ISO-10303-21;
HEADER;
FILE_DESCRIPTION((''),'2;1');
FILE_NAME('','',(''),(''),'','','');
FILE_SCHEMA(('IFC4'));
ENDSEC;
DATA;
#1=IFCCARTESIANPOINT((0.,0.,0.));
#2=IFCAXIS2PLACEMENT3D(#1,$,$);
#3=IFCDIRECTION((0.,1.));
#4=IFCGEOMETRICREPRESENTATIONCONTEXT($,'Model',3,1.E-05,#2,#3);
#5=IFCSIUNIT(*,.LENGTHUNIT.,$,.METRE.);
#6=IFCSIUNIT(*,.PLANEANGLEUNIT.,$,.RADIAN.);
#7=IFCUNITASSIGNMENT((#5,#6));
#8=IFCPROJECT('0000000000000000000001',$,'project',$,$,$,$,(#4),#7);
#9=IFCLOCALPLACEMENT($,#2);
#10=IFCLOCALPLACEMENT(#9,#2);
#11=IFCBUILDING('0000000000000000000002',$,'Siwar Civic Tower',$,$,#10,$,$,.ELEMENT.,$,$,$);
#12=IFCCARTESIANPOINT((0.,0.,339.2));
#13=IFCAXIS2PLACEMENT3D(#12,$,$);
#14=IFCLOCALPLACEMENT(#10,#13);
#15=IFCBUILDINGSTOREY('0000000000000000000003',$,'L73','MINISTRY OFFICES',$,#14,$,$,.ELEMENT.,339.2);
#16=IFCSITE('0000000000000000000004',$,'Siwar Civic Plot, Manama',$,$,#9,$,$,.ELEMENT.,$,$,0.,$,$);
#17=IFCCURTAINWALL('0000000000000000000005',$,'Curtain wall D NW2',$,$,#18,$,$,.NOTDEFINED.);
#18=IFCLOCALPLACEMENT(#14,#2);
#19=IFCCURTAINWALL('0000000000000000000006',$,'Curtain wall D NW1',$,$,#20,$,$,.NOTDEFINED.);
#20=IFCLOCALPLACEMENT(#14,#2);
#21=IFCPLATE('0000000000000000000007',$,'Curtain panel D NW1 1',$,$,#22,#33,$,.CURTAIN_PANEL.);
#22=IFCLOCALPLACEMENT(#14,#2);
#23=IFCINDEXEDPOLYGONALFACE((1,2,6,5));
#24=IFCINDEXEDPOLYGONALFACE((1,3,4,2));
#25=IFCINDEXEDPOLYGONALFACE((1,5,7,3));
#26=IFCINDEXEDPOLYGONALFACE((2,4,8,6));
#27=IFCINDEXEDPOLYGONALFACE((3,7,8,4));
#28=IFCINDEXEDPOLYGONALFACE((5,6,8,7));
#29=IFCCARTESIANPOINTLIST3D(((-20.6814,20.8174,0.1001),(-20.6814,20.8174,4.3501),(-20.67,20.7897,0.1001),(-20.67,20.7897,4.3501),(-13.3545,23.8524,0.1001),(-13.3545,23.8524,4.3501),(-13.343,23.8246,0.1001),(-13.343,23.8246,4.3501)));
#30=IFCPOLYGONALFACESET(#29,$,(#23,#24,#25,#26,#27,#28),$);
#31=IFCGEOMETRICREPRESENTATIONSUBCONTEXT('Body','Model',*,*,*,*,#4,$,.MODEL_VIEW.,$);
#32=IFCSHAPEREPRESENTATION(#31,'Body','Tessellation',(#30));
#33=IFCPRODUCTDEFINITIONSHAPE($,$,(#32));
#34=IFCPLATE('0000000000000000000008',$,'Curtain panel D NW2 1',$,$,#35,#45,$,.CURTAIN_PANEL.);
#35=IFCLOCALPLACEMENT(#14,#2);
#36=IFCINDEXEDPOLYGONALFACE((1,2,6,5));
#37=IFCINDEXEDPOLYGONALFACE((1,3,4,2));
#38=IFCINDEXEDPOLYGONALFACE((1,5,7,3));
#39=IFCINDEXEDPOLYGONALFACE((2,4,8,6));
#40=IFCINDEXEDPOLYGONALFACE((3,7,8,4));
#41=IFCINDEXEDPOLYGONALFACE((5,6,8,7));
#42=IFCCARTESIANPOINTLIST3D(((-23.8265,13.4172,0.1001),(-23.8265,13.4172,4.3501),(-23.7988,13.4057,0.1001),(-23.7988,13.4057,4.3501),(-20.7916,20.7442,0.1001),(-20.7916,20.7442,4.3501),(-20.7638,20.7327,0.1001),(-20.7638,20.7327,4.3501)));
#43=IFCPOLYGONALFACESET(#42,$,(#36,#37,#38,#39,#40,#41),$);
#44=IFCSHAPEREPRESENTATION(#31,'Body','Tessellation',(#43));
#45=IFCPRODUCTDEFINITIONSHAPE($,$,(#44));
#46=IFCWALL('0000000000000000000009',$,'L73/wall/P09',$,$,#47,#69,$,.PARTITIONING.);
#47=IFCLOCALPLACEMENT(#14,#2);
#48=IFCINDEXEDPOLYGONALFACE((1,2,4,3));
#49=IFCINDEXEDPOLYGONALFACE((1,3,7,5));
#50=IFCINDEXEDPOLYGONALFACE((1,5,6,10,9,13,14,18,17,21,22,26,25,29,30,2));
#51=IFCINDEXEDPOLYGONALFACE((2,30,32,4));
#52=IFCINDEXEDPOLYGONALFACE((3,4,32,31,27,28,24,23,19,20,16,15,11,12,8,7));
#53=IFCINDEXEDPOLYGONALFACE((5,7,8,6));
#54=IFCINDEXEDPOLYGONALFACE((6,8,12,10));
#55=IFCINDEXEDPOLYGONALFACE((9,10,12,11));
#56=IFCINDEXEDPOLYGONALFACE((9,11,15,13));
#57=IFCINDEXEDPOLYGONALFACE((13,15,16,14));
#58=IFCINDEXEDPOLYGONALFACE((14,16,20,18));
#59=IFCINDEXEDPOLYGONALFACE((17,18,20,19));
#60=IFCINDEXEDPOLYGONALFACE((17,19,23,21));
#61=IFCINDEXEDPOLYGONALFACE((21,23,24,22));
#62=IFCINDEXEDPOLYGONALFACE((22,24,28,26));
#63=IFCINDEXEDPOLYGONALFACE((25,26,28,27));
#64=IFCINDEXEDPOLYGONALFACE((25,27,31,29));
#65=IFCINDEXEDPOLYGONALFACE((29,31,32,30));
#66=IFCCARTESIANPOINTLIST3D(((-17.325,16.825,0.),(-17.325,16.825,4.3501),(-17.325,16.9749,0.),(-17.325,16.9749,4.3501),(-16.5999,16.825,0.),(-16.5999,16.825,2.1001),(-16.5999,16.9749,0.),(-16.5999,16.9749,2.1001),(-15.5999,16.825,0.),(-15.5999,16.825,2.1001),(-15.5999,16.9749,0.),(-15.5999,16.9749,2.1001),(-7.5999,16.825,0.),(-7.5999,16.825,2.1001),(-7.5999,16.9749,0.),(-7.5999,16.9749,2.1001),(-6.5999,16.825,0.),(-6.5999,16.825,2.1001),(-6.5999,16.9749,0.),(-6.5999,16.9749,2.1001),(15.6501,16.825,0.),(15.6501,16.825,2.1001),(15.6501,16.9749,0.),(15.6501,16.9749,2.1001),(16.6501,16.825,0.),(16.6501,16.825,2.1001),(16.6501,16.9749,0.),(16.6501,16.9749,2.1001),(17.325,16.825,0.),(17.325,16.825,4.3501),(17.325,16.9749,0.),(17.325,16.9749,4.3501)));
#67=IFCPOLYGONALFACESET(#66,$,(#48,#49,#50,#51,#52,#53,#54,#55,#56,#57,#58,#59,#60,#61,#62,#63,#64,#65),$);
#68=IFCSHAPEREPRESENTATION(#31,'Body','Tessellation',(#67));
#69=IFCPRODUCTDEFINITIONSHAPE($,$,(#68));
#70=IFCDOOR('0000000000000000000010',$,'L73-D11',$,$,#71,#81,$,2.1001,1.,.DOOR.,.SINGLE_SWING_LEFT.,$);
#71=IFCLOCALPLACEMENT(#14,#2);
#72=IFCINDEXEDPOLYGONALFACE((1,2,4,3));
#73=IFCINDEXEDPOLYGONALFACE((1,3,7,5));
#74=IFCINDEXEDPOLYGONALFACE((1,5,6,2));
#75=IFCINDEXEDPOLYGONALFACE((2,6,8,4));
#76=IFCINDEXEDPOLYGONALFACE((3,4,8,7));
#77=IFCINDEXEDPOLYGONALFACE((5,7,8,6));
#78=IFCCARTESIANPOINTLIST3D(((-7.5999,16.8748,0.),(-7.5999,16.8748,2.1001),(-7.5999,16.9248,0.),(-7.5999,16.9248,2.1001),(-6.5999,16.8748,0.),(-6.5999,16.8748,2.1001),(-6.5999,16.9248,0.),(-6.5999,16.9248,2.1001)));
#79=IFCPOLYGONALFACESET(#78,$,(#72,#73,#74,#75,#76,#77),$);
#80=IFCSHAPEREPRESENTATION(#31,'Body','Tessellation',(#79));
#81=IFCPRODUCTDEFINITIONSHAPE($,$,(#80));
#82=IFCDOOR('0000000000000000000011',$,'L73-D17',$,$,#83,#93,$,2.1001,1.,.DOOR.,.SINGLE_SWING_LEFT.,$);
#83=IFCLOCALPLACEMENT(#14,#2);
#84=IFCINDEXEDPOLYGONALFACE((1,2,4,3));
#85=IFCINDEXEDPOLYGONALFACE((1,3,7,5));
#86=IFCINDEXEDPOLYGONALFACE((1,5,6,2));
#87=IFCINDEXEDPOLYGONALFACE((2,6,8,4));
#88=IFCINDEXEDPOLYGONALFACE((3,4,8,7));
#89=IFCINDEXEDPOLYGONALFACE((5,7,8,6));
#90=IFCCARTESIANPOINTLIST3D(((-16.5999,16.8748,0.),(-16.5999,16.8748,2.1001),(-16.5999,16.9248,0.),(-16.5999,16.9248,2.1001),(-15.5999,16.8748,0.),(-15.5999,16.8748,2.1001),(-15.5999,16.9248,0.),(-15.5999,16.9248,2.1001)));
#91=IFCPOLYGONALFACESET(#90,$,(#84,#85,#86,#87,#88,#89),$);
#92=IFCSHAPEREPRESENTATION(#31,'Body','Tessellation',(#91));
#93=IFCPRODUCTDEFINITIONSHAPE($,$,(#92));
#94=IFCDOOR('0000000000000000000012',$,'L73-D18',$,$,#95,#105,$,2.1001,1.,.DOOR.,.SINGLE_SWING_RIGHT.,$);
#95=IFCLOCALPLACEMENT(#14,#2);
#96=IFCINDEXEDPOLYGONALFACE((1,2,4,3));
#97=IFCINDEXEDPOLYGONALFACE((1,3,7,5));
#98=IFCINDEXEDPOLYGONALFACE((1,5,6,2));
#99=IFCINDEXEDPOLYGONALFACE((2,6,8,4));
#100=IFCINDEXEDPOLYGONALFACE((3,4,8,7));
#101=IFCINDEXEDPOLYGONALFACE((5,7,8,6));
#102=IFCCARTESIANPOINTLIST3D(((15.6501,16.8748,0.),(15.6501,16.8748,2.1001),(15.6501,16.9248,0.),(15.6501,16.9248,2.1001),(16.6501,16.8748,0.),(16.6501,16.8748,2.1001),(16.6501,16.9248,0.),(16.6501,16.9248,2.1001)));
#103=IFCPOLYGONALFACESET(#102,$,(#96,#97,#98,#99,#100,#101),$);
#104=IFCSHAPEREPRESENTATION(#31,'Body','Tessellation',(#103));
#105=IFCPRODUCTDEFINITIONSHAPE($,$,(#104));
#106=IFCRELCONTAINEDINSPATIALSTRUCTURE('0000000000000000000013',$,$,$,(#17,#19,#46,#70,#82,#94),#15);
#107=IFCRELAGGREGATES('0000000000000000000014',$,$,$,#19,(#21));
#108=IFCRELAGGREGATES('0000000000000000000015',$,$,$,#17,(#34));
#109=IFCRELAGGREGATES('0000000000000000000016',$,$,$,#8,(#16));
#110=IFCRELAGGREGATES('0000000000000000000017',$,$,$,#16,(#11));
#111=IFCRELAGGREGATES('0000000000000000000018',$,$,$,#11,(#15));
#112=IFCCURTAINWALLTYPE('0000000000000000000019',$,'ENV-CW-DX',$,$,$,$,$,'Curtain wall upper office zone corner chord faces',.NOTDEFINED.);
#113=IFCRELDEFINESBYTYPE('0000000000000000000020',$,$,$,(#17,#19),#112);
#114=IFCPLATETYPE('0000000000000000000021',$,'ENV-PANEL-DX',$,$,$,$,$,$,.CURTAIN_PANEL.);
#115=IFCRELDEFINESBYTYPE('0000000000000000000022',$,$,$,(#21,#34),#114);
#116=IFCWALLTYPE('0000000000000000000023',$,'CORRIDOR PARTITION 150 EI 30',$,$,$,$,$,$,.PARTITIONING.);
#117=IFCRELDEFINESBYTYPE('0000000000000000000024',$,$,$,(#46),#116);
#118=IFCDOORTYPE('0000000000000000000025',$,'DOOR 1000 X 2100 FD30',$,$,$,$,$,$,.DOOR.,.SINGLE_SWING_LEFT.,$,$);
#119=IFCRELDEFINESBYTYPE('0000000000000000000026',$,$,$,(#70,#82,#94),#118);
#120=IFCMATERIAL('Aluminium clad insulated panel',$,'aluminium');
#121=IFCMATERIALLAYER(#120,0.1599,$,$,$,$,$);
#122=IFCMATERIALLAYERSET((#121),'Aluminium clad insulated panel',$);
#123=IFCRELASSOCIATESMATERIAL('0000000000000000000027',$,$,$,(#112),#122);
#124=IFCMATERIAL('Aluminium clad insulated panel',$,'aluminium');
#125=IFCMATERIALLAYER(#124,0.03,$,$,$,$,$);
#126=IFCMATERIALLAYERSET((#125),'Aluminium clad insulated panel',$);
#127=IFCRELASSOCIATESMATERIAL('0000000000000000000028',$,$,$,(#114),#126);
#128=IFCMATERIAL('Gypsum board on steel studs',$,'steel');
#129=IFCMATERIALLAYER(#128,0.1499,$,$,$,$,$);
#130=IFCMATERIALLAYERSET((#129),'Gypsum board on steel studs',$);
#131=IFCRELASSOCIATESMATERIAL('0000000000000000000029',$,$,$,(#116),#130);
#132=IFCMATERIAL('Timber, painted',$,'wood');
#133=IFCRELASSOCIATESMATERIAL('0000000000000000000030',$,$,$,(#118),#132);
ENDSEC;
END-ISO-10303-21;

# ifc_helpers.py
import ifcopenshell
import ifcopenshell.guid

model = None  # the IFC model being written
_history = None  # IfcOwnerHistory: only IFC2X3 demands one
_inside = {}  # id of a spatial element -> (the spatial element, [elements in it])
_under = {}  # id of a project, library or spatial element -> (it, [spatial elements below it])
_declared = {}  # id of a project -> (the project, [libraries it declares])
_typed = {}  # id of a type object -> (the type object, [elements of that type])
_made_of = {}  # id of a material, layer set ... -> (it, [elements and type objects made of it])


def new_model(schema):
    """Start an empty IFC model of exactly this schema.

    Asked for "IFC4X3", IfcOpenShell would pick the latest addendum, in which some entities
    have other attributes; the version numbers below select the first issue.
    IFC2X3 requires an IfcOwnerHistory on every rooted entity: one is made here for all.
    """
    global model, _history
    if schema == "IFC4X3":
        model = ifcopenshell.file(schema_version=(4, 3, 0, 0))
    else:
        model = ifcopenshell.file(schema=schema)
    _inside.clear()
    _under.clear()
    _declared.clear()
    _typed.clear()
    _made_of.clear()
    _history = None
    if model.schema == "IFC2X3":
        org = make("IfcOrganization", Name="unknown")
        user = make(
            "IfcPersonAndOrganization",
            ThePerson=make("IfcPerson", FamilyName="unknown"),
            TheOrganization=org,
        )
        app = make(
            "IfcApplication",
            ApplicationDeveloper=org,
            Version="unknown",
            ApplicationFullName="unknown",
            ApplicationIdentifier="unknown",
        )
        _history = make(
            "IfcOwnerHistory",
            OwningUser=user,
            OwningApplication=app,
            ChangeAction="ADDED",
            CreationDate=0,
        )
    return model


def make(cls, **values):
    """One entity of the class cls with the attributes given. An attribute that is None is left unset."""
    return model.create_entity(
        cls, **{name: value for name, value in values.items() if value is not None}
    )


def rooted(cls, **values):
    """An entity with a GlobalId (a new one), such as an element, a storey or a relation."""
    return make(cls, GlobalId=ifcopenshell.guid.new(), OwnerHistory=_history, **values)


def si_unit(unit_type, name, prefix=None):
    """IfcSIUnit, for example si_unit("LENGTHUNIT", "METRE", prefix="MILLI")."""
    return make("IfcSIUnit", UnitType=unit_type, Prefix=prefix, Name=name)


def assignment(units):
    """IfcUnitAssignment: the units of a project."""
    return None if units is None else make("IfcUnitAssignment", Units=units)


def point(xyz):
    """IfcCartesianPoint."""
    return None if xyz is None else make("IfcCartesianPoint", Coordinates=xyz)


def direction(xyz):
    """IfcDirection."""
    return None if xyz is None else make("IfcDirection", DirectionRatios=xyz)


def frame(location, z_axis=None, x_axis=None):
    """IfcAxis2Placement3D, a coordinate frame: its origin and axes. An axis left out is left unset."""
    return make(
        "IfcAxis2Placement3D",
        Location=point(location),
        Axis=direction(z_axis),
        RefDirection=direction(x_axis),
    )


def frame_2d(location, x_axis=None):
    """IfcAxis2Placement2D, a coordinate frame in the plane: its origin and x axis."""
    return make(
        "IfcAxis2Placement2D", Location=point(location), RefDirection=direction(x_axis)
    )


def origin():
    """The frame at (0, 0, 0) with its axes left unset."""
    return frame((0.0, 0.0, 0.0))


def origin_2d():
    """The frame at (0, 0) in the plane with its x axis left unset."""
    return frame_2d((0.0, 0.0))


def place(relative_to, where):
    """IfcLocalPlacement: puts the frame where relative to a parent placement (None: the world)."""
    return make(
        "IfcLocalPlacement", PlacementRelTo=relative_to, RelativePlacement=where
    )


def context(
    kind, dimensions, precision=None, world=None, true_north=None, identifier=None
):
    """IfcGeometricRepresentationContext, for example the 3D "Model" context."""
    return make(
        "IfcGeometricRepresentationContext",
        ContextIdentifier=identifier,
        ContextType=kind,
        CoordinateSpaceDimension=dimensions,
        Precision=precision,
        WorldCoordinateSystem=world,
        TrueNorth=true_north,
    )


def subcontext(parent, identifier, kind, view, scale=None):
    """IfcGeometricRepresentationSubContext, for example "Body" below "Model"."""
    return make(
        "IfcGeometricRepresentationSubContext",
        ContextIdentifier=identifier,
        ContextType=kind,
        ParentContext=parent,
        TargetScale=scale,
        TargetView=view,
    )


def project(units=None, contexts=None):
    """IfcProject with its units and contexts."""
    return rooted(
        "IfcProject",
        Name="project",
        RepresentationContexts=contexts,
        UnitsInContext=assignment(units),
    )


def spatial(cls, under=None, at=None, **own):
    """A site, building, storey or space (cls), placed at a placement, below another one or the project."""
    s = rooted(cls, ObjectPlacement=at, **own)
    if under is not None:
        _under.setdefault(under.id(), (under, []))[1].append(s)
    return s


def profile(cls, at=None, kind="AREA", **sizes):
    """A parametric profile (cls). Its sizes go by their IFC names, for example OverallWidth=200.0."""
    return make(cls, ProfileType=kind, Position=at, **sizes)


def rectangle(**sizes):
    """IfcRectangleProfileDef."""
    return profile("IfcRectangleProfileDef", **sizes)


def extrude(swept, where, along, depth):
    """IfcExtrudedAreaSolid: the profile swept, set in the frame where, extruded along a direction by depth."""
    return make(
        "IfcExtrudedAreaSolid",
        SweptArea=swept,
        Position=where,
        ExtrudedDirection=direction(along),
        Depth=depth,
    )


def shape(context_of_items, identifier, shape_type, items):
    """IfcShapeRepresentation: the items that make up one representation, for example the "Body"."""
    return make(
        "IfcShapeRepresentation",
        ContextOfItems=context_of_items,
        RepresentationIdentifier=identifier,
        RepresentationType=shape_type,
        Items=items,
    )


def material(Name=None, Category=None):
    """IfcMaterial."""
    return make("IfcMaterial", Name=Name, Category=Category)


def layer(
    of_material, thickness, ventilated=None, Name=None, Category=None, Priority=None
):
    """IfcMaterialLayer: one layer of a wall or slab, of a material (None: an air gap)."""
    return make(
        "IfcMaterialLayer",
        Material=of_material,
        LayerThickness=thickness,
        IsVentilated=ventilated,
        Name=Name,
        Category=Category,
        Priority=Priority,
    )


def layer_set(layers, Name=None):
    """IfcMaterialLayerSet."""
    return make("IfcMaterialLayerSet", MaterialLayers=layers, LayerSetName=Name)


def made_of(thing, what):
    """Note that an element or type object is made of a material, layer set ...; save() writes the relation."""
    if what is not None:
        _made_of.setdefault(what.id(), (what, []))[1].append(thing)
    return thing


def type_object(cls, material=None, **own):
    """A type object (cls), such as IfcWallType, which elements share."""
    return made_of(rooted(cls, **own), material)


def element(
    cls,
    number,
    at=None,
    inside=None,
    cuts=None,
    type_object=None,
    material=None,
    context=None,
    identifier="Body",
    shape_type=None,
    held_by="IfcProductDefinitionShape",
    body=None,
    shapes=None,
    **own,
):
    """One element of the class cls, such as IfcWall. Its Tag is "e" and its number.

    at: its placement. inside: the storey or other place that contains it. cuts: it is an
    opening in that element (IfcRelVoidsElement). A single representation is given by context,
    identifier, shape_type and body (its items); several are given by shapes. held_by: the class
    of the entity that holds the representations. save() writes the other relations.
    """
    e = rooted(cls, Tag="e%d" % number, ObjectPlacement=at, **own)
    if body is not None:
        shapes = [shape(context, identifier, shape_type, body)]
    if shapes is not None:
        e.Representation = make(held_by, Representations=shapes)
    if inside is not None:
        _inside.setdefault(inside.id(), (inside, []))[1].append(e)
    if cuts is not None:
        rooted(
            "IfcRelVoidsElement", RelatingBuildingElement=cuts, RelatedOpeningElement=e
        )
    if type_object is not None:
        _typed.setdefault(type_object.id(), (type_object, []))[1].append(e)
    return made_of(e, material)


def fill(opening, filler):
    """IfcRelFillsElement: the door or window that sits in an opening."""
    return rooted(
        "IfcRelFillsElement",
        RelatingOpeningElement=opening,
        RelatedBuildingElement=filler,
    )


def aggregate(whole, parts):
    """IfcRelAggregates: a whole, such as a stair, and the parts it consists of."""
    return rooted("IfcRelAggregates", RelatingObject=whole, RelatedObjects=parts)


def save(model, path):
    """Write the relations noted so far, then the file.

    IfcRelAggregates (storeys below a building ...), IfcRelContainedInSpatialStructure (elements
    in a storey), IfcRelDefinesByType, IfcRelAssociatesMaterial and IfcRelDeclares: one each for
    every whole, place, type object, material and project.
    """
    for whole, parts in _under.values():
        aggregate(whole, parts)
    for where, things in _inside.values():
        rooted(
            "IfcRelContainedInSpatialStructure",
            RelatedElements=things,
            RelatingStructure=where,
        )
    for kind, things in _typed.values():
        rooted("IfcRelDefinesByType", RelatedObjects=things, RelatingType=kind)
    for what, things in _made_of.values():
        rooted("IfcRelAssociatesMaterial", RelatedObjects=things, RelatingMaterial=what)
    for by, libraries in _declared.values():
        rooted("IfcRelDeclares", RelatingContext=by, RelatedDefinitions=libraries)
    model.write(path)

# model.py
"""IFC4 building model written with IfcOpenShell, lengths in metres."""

from ifc_helpers import new_model, si_unit, direction, frame, frame_2d, origin, origin_2d, place, context, subcontext, project, spatial, rectangle, extrude, material, layer, layer_set, type_object, element, fill, aggregate, save


model = new_model("IFC4")

# Units and contexts
model_context = context("Model", 3, precision=1e-05, world=origin(), true_north=direction((0.0, 1.0)))
body_context = subcontext(model_context, "Body", "Model", "MODEL_VIEW")
ifc_project = project(units=[si_unit("LENGTHUNIT", "METRE"), si_unit("PLANEANGLEUNIT", "RADIAN")], contexts=[model_context])

# Site, building, storey
site_placement = place(None, origin())
site = spatial("IfcSite", under=ifc_project, at=site_placement, Name="Siwar Civic Plot, Manama", CompositionType="ELEMENT", RefElevation=0.0)
building_placement = place(site_placement, origin())
building = spatial("IfcBuilding", under=site, at=building_placement, Name="Siwar Civic Tower", CompositionType="ELEMENT")
storey_placement = place(building_placement, frame((0.0, 0.0, 339.2)))
storey = spatial("IfcBuildingStorey", under=building, at=storey_placement, Name="L73", Description="MINISTRY OFFICES", CompositionType="ELEMENT", Elevation=339.2)

# Curtain wall
ifc_material_1 = material(Name="Aluminium clad insulated panel", Category="aluminium")
ifc_layer_1 = layer(ifc_material_1, 0.1599)
ifc_layer_set_1 = layer_set([ifc_layer_1], Name="Aluminium clad insulated panel")
curtain_wall_type = type_object("IfcCurtainWallType", Name="ENV-CW-DX", ElementType="Curtain wall upper office zone corner chord faces", PredefinedType="NOTDEFINED", material=ifc_layer_set_1)
curtain_wall_1_placement = place(storey_placement, origin())
curtain_wall_1 = element("IfcCurtainWall", 1, at=curtain_wall_1_placement, inside=storey, type_object=curtain_wall_type, Name="Curtain wall D NW2", PredefinedType="NOTDEFINED")

# Curtain wall, plate
curtain_wall_2_placement = place(storey_placement, origin())
curtain_wall_2 = element("IfcCurtainWall", 2, at=curtain_wall_2_placement, inside=storey, type_object=curtain_wall_type, Name="Curtain wall D NW1", PredefinedType="NOTDEFINED")
ifc_material_2 = material(Name="Aluminium clad insulated panel", Category="aluminium")
ifc_layer_2 = layer(ifc_material_2, 0.03)
ifc_layer_set_2 = layer_set([ifc_layer_2], Name="Aluminium clad insulated panel")
plate_type = type_object("IfcPlateType", Name="ENV-PANEL-DX", PredefinedType="CURTAIN_PANEL", material=ifc_layer_set_2)
plate_1_placement = place(storey_placement, frame((-17.0122, 22.321, 0.1001), z_axis=(0.0, 0.0, 1.0), x_axis=(-0.92388, -0.382683, 0.0)))
plate_1 = element("IfcPlate", 3, at=plate_1_placement, type_object=plate_type, Name="Curtain panel D NW1 1", PredefinedType="CURTAIN_PANEL", context=body_context, shape_type="SweptSolid", body=[
    extrude(rectangle(XDim=7.9307, YDim=0.03, at=origin_2d()), origin(), (0.0, 0.0, 1.0), 4.25),
])
aggregate(curtain_wall_2, [plate_1])

# Plate
plate_2_placement = place(storey_placement, frame((-22.2952, 17.075, 0.1001), z_axis=(0.0, 0.0, 1.0), x_axis=(-0.382683, -0.92388, 0.0)))
plate_2 = element("IfcPlate", 4, at=plate_2_placement, type_object=plate_type, Name="Curtain panel D NW2 1", PredefinedType="CURTAIN_PANEL", context=body_context, shape_type="SweptSolid", body=[
    extrude(rectangle(XDim=7.9307, YDim=0.03, at=origin_2d()), origin(), (0.0, 0.0, 1.0), 4.25),
])
aggregate(curtain_wall_1, [plate_2])

# Wall, openings, doors
ifc_material_3 = material(Name="Gypsum board on steel studs", Category="steel")
ifc_layer_3 = layer(ifc_material_3, 0.1499)
ifc_layer_set_3 = layer_set([ifc_layer_3], Name="Gypsum board on steel studs")
wall_type_1 = type_object("IfcWallType", Name="CORRIDOR PARTITION 150 EI 30", PredefinedType="PARTITIONING", material=ifc_layer_set_3)
wall_1_placement = place(storey_placement, frame((-17.325, 16.8999, 0.0), z_axis=(0.0, 0.0, 1.0), x_axis=(1.0, 0.0, 0.0)))
wall_1 = element("IfcWall", 5, at=wall_1_placement, inside=storey, type_object=wall_type_1, Name="L73/wall/P09", PredefinedType="PARTITIONING", context=body_context, shape_type="SweptSolid", body=[
    extrude(rectangle(XDim=34.6499, YDim=0.1499, at=frame_2d((17.325, 0.0))), origin(), (0.0, 0.0, 1.0), 4.3501),
])
opening_1_placement = place(wall_1_placement, frame((9.7251, 0.0, 0.0)))
opening_1 = element("IfcOpeningElement", 6, at=opening_1_placement, cuts=wall_1, PredefinedType="OPENING", context=body_context, shape_type="SweptSolid", body=[
    extrude(rectangle(XDim=1.0, YDim=2.1001, at=frame_2d((0.5, 1.05))), frame((0.0, 0.085, 0.0), z_axis=(0.0, -1.0, 0.0), x_axis=(1.0, 0.0, 0.0)), (0.0, 0.0, 1.0), 0.1699),
])
opening_2_placement = place(wall_1_placement, frame((0.7251, 0.0, 0.0)))
opening_2 = element("IfcOpeningElement", 7, at=opening_2_placement, cuts=wall_1, PredefinedType="OPENING", context=body_context, shape_type="SweptSolid", body=[
    extrude(rectangle(XDim=1.0, YDim=2.1001, at=frame_2d((0.5, 1.05))), frame((0.0, 0.085, 0.0), z_axis=(0.0, -1.0, 0.0), x_axis=(1.0, 0.0, 0.0)), (0.0, 0.0, 1.0), 0.1699),
])
opening_3_placement = place(wall_1_placement, frame((32.9751, 0.0, 0.0)))
opening_3 = element("IfcOpeningElement", 8, at=opening_3_placement, cuts=wall_1, PredefinedType="OPENING", context=body_context, shape_type="SweptSolid", body=[
    extrude(rectangle(XDim=1.0, YDim=2.1001, at=frame_2d((0.5, 1.05))), frame((0.0, 0.085, 0.0), z_axis=(0.0, -1.0, 0.0), x_axis=(1.0, 0.0, 0.0)), (0.0, 0.0, 1.0), 0.1699),
])
ifc_material_4 = material(Name="Timber, painted", Category="wood")
door_type = type_object("IfcDoorType", Name="DOOR 1000 X 2100 FD30", OperationType="SINGLE_SWING_LEFT", PredefinedType="DOOR", material=ifc_material_4)
door_1_placement = place(opening_1_placement, origin())
door_1 = element("IfcDoor", 9, at=door_1_placement, inside=storey, type_object=door_type, Name="L73-D11", OperationType="SINGLE_SWING_LEFT", OverallHeight=2.1001, OverallWidth=1.0, PredefinedType="DOOR", context=body_context, shape_type="SweptSolid", body=[
    extrude(rectangle(XDim=1.0, YDim=2.1001, at=frame_2d((0.5, 1.05))), frame((0.0, 0.0249, 0.0), z_axis=(0.0, -1.0, 0.0), x_axis=(1.0, 0.0, 0.0)), (0.0, 0.0, 1.0), 0.05),
])
fill(opening_1, door_1)
door_2_placement = place(opening_2_placement, origin())
door_2 = element("IfcDoor", 10, at=door_2_placement, inside=storey, type_object=door_type, Name="L73-D17", OperationType="SINGLE_SWING_LEFT", OverallHeight=2.1001, OverallWidth=1.0, PredefinedType="DOOR", context=body_context, shape_type="SweptSolid", body=[
    extrude(rectangle(XDim=1.0, YDim=2.1001, at=frame_2d((0.5, 1.05))), frame((0.0, 0.0249, 0.0), z_axis=(0.0, -1.0, 0.0), x_axis=(1.0, 0.0, 0.0)), (0.0, 0.0, 1.0), 0.05),
])
fill(opening_2, door_2)
door_3_placement = place(opening_3_placement, origin())
door_3 = element("IfcDoor", 11, at=door_3_placement, inside=storey, type_object=door_type, Name="L73-D18", OperationType="SINGLE_SWING_RIGHT", OverallHeight=2.1001, OverallWidth=1.0, PredefinedType="DOOR", context=body_context, shape_type="SweptSolid", body=[
    extrude(rectangle(XDim=1.0, YDim=2.1001, at=frame_2d((0.5, 1.05))), frame((0.0, 0.0249, 0.0), z_axis=(0.0, -1.0, 0.0), x_axis=(1.0, 0.0, 0.0)), (0.0, 0.0, 1.0), 0.05),
])
fill(opening_3, door_3)

save(model, "model.ifc")
